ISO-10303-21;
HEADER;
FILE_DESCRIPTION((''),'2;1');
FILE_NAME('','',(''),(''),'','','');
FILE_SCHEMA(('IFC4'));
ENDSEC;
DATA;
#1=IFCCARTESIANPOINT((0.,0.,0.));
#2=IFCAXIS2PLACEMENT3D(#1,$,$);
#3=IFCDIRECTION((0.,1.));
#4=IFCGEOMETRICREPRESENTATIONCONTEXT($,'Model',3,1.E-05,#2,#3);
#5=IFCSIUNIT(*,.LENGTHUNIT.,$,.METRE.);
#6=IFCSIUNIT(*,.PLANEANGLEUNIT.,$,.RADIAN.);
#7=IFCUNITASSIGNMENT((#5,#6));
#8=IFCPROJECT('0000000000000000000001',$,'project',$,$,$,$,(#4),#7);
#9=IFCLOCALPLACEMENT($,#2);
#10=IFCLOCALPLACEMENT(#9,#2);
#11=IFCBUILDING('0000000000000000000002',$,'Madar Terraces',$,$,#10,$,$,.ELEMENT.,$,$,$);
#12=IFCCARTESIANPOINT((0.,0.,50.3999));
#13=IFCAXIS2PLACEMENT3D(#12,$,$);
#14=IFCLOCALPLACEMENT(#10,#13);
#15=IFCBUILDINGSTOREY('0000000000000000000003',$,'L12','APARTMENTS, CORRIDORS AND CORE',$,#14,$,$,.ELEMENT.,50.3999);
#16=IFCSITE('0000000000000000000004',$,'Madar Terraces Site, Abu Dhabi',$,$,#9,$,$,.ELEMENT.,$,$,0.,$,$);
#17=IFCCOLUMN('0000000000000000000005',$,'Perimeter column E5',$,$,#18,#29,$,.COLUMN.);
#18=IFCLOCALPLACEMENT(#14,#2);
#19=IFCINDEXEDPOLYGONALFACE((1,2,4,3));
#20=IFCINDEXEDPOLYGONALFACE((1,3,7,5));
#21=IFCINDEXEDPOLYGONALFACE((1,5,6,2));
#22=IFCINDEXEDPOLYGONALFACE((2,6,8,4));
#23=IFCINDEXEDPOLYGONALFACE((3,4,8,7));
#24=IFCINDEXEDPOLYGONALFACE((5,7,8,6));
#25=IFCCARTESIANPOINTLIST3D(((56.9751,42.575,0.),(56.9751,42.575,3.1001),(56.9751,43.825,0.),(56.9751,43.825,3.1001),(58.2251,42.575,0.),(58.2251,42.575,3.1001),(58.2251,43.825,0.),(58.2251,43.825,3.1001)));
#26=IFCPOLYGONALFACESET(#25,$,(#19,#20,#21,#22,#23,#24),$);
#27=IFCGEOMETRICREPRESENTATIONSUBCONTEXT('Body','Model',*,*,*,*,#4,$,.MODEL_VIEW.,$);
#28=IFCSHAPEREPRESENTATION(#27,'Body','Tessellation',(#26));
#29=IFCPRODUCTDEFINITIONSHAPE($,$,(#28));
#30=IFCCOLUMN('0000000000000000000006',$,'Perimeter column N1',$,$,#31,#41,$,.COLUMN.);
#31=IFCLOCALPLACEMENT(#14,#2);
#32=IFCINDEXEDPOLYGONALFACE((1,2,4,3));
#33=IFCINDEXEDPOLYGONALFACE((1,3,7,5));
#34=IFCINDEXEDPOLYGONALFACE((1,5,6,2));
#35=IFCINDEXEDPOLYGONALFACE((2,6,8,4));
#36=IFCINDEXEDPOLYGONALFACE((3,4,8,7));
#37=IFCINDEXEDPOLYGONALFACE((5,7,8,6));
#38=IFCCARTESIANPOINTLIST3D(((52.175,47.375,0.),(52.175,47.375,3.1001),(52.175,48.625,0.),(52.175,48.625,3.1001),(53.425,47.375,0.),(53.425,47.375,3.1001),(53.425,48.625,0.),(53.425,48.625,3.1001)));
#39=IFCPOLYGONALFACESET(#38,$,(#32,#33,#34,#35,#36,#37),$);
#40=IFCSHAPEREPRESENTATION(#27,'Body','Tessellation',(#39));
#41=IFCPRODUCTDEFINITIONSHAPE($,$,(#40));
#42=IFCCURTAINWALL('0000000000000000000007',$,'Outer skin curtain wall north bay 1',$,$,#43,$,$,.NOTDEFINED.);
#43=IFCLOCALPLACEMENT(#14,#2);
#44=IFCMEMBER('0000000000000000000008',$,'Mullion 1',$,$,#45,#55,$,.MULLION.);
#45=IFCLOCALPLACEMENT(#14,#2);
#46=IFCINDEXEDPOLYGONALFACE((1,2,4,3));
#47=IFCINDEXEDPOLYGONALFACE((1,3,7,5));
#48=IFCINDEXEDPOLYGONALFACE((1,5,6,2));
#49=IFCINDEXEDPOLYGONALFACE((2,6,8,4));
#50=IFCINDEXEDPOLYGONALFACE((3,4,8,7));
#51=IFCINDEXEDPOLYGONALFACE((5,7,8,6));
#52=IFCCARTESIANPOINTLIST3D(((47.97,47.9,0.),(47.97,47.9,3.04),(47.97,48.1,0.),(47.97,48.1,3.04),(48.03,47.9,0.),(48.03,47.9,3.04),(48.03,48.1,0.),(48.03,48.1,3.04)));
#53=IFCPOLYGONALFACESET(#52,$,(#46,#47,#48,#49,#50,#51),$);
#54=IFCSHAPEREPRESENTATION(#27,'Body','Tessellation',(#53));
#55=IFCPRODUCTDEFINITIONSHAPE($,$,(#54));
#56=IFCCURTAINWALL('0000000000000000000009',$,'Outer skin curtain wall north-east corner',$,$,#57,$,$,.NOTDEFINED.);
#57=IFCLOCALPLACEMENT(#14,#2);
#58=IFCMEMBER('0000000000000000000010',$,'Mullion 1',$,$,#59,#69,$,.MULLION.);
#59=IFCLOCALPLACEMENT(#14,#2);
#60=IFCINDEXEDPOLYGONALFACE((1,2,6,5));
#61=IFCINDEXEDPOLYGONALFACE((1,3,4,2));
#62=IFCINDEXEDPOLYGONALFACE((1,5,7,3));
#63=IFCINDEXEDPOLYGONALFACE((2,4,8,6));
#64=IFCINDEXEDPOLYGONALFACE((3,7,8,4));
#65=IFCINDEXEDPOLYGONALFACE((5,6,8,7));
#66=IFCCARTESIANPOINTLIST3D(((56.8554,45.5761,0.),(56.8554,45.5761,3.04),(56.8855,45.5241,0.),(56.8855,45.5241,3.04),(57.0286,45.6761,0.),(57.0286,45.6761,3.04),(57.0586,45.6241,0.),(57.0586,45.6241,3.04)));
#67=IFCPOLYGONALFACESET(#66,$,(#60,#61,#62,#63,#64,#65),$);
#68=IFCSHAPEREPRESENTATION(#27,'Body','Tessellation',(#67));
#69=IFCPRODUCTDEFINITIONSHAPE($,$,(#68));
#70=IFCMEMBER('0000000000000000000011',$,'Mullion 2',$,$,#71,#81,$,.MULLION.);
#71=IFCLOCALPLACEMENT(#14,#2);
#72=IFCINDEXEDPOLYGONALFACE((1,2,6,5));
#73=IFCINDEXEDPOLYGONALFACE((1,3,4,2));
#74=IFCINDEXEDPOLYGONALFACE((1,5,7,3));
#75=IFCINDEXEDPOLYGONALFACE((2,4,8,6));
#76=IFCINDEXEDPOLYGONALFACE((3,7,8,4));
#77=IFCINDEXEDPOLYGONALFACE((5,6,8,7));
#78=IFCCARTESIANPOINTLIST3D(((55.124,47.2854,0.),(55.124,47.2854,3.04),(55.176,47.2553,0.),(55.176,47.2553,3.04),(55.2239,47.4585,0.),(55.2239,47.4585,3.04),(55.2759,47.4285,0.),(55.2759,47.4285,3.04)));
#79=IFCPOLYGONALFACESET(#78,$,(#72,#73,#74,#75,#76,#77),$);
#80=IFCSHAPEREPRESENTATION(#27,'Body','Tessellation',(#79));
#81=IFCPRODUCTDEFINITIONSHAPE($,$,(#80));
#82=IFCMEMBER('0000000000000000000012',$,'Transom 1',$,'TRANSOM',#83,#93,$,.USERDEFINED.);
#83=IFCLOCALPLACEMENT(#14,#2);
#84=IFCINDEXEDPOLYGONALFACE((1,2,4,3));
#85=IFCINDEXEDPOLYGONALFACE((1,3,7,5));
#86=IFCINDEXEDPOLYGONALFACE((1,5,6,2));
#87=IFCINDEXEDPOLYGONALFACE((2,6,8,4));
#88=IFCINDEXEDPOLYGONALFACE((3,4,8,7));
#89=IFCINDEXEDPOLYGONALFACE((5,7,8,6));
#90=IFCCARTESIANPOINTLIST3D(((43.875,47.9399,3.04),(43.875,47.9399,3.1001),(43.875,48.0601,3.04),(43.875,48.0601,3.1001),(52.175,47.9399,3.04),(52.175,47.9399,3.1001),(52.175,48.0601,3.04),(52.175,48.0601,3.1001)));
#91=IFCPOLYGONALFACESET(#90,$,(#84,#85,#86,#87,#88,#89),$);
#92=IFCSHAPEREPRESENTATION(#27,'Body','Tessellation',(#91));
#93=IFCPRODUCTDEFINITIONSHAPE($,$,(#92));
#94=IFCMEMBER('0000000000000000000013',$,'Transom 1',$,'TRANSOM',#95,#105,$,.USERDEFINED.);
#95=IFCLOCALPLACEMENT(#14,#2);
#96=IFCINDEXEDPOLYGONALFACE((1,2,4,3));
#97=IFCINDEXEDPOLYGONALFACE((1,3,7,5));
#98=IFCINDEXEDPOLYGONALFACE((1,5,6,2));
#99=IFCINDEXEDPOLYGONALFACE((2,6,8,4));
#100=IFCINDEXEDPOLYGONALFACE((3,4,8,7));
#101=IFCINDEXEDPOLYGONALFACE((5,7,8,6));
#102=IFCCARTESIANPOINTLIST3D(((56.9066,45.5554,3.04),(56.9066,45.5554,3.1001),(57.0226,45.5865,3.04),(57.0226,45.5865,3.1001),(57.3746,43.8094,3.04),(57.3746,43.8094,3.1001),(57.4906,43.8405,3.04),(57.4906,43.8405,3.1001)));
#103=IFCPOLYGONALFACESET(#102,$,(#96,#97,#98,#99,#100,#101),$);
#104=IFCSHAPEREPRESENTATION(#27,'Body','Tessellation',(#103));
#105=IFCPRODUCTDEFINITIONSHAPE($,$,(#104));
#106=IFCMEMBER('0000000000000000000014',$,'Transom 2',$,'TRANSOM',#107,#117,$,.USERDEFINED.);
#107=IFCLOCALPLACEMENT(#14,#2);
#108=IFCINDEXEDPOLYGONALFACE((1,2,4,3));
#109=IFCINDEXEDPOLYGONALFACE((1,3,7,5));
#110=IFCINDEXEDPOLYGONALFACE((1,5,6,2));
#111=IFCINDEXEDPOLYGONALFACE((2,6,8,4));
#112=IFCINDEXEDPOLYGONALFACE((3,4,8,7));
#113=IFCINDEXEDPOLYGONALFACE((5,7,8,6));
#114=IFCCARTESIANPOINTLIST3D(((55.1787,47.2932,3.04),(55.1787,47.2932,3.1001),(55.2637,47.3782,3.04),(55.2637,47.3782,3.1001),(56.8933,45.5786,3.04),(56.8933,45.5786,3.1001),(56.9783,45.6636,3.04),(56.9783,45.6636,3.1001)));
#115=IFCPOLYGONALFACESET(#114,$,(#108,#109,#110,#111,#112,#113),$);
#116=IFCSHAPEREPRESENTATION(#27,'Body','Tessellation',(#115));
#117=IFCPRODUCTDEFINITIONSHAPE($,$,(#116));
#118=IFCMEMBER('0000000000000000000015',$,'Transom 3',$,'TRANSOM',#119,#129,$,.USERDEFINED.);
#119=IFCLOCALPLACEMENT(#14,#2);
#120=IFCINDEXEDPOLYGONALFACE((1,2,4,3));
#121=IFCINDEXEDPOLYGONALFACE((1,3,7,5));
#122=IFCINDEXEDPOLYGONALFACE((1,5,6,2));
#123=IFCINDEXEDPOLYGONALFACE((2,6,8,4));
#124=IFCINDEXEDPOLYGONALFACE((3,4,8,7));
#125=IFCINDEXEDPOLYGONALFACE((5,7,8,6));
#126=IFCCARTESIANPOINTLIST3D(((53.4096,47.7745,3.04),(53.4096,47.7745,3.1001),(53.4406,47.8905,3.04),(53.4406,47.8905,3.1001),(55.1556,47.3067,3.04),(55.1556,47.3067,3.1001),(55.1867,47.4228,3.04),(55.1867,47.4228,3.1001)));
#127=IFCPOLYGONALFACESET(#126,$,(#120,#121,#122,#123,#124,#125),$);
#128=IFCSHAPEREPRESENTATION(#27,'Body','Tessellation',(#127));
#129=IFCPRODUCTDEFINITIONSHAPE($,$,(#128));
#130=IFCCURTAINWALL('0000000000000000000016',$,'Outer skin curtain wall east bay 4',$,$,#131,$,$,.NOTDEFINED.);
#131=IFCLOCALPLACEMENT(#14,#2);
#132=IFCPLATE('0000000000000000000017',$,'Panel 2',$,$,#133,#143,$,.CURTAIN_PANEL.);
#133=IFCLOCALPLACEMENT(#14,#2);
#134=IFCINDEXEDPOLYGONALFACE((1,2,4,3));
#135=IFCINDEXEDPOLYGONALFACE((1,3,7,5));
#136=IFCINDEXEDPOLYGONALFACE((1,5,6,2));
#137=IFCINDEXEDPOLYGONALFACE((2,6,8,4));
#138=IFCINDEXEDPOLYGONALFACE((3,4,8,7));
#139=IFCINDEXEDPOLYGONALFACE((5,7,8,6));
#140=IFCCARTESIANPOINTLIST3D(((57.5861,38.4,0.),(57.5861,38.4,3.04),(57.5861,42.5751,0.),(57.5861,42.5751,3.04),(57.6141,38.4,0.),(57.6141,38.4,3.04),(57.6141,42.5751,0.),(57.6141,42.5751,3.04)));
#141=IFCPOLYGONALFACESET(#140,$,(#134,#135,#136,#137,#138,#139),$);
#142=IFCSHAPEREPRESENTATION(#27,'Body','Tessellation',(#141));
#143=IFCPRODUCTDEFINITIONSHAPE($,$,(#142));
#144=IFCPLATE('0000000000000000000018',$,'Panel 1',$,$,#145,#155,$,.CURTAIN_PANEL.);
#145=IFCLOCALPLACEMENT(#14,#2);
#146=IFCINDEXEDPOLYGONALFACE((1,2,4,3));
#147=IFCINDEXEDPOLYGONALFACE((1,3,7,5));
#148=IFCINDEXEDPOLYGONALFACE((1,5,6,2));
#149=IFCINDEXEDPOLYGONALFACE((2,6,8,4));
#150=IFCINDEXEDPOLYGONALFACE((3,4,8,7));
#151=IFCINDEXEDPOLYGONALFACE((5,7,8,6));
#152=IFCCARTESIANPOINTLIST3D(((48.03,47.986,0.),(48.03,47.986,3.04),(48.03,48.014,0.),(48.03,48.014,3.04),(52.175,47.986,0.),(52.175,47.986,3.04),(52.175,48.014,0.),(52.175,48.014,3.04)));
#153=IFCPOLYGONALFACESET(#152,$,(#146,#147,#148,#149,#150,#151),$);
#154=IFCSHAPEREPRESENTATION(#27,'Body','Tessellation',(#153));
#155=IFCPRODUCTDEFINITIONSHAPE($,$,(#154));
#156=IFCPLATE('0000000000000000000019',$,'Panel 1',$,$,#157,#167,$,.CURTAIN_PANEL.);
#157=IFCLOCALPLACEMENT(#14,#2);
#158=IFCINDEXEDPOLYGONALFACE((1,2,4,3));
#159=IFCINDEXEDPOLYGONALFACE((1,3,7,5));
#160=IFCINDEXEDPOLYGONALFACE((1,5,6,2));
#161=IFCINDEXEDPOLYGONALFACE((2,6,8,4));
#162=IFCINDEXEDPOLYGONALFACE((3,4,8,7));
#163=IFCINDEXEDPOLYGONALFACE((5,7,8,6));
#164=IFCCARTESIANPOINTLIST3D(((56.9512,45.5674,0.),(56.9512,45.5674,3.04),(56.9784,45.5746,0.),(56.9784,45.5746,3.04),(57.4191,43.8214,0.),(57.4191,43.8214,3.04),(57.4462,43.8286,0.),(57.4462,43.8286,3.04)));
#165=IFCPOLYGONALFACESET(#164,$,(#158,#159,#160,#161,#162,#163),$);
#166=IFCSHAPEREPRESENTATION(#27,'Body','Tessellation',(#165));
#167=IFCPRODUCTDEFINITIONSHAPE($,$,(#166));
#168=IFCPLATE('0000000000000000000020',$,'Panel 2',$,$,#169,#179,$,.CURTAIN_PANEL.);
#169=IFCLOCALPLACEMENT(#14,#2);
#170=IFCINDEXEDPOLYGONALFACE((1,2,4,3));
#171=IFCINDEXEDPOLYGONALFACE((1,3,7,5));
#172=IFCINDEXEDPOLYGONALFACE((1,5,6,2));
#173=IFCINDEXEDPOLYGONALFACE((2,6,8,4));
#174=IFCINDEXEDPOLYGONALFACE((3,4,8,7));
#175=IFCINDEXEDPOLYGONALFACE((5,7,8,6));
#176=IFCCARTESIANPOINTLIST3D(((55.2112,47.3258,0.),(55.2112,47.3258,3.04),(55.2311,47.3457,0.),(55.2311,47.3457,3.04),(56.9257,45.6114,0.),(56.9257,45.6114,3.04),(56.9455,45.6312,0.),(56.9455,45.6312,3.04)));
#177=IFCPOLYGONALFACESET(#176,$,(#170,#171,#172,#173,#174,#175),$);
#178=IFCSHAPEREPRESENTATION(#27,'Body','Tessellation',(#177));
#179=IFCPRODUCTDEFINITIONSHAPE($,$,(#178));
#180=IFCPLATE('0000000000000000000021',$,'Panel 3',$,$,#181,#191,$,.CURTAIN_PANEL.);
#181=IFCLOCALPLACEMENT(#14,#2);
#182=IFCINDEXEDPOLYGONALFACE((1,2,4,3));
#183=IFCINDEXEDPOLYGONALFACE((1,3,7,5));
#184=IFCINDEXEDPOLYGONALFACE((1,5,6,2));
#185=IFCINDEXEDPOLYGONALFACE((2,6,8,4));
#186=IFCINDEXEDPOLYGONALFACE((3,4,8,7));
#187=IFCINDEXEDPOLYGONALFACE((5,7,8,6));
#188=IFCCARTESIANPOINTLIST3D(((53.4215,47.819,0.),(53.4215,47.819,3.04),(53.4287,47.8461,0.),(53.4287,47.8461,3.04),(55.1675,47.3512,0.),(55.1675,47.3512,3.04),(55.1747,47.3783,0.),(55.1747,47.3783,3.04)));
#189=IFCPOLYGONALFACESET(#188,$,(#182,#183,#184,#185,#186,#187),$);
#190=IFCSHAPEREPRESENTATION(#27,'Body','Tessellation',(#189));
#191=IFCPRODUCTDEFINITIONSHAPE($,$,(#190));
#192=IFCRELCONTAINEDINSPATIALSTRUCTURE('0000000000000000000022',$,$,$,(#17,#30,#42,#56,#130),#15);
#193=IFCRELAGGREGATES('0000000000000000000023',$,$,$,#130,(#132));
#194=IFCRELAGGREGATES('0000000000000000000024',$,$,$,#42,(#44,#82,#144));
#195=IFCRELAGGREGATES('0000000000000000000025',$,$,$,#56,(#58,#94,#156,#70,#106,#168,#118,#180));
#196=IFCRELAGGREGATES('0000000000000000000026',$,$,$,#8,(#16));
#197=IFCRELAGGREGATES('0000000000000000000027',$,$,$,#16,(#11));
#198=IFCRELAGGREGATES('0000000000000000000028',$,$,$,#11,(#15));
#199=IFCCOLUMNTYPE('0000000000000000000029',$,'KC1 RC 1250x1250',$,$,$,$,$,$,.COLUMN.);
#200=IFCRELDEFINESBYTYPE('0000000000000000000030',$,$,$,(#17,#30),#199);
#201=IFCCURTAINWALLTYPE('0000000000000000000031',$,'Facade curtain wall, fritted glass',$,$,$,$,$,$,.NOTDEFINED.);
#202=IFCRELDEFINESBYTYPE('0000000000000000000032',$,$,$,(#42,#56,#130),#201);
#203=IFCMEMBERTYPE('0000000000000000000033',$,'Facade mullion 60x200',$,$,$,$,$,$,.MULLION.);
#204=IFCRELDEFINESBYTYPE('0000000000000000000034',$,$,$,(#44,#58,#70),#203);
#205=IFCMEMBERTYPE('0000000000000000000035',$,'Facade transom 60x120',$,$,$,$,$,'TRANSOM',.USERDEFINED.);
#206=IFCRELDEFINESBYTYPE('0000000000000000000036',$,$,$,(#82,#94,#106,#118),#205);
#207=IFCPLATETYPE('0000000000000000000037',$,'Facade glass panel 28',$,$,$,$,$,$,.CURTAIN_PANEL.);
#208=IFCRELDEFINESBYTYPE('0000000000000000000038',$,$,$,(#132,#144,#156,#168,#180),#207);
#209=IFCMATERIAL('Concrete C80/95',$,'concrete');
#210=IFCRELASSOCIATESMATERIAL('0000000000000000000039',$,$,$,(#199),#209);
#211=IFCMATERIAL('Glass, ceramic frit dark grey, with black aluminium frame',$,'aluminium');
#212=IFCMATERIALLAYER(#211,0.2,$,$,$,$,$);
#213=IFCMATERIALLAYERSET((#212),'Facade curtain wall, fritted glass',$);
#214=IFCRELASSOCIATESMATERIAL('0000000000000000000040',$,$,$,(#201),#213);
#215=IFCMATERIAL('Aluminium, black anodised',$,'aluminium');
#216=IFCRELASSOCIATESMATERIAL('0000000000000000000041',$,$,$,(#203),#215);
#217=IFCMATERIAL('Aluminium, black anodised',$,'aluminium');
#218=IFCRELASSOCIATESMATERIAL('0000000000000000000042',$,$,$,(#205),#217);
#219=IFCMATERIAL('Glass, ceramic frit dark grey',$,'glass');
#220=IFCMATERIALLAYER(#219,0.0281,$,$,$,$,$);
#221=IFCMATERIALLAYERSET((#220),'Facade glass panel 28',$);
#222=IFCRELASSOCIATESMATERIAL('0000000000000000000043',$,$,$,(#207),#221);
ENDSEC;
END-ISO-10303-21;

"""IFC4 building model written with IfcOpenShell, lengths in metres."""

from ifc_helpers import new_model, si_unit, direction, frame, origin, origin_2d, place, context, subcontext, project, spatial, rectangle, extrude, material, layer, layer_set, material_profile, profile_set, type_object, element, aggregate, save


model = new_model("IFC4")

# Units and contexts
model_context = context("Model", 3, precision=1e-05, world=origin(), true_north=direction((0.0, 1.0)))
body_context = subcontext(model_context, "Body", "Model", "MODEL_VIEW")
ifc_project = project(units=[si_unit("LENGTHUNIT", "METRE"), si_unit("PLANEANGLEUNIT", "RADIAN")], contexts=[model_context])

# Site, building, storey
site_placement = place(None, origin())
site = spatial("IfcSite", under=ifc_project, at=site_placement, Name="Madar Terraces Site, Abu Dhabi", CompositionType="ELEMENT", RefElevation=0.0)
building_placement = place(site_placement, origin())
building = spatial("IfcBuilding", under=site, at=building_placement, Name="Madar Terraces", CompositionType="ELEMENT")
storey_placement = place(building_placement, frame((0.0, 0.0, 50.3999)))
storey = spatial("IfcBuildingStorey", under=building, at=storey_placement, Name="L12", Description="APARTMENTS, CORRIDORS AND CORE", CompositionType="ELEMENT", Elevation=50.3999)

# Columns
ifc_material_1 = material(Name="Concrete C80/95", Category="concrete")
ifc_material_profile_1 = material_profile(ifc_material_1, rectangle(XDim=1.25, YDim=1.25, at=origin_2d()), Name="KC1 RC 1250x1250")
ifc_profile_set_1 = profile_set([ifc_material_profile_1], Name="Concrete C80/95")
column_type = type_object("IfcColumnType", Name="KC1 RC 1250x1250", PredefinedType="COLUMN", material=ifc_profile_set_1)
for number, where, z_axis, x_axis, name in (
    (1, (57.6001, 43.2, 0.0), (0.0, 0.0, 1.0), (1.0, 0.0, 0.0), "Perimeter column E5"),
    (2, (52.8, 48.0, 0.0), (0.0, 0.0, 1.0), (1.0, 0.0, 0.0), "Perimeter column N1"),
):
    element("IfcColumn", number, at=place(storey_placement, frame(where, z_axis=z_axis, x_axis=x_axis)), inside=storey, type_object=column_type, Name=name, PredefinedType="COLUMN", context=body_context, shape_type="SweptSolid", body=[
        extrude(rectangle(XDim=1.25, YDim=1.25, at=origin_2d()), origin(), (0.0, 0.0, 1.0), 3.1001),
    ])

# Curtain wall, member
ifc_material_2 = material(Name="Glass, ceramic frit dark grey, with black aluminium frame", Category="aluminium")
ifc_layer_1 = layer(ifc_material_2, 0.2)
ifc_layer_set_1 = layer_set([ifc_layer_1], Name="Facade curtain wall, fritted glass")
curtain_wall_type = type_object("IfcCurtainWallType", Name="Facade curtain wall, fritted glass", PredefinedType="NOTDEFINED", material=ifc_layer_set_1)
curtain_wall_1_placement = place(storey_placement, origin())
curtain_wall_1 = element("IfcCurtainWall", 3, at=curtain_wall_1_placement, inside=storey, type_object=curtain_wall_type, Name="Outer skin curtain wall north bay 1", PredefinedType="NOTDEFINED")
ifc_material_3 = material(Name="Aluminium, black anodised", Category="aluminium")
ifc_material_profile_2 = material_profile(ifc_material_3, rectangle(XDim=0.2, YDim=0.0601, at=origin_2d()), Name="Facade mullion 60x200")
ifc_profile_set_2 = profile_set([ifc_material_profile_2], Name="Aluminium, black anodised")
member_type_1 = type_object("IfcMemberType", Name="Facade mullion 60x200", PredefinedType="MULLION", material=ifc_profile_set_2)
member_1_placement = place(storey_placement, frame((48.0, 48.0, 0.0), z_axis=(0.0, 0.0, 1.0), x_axis=(0.0, -1.0, 0.0)))
member_1 = element("IfcMember", 4, at=member_1_placement, type_object=member_type_1, Name="Mullion 1", PredefinedType="MULLION", context=body_context, shape_type="SweptSolid", body=[
    extrude(rectangle(XDim=0.2, YDim=0.0601, at=origin_2d()), origin(), (0.0, 0.0, 1.0), 3.04),
])

# Curtain wall, members
curtain_wall_2_placement = place(storey_placement, origin())
curtain_wall_2 = element("IfcCurtainWall", 5, at=curtain_wall_2_placement, inside=storey, type_object=curtain_wall_type, Name="Outer skin curtain wall north-east corner", PredefinedType="NOTDEFINED")
member_2_placement = place(storey_placement, frame((56.957, 45.6001, 0.0), z_axis=(0.0, 0.0, 1.0), x_axis=(-0.866025, -0.5, 0.0)))
member_2 = element("IfcMember", 6, at=member_2_placement, type_object=member_type_1, Name="Mullion 1", PredefinedType="MULLION", context=body_context, shape_type="SweptSolid", body=[
    extrude(rectangle(XDim=0.2, YDim=0.0601, at=origin_2d()), origin(), (0.0, 0.0, 1.0), 3.04),
])
member_3_placement = place(storey_placement, frame((55.2, 47.3569, 0.0), z_axis=(0.0, 0.0, 1.0), x_axis=(-0.5, -0.866025, 0.0)))
member_3 = element("IfcMember", 7, at=member_3_placement, type_object=member_type_1, Name="Mullion 2", PredefinedType="MULLION", context=body_context, shape_type="SweptSolid", body=[
    extrude(rectangle(XDim=0.2, YDim=0.0601, at=origin_2d()), origin(), (0.0, 0.0, 1.0), 3.04),
])

# Members
ifc_material_4 = material(Name="Aluminium, black anodised", Category="aluminium")
ifc_material_profile_3 = material_profile(ifc_material_4, rectangle(XDim=0.1201, YDim=0.0601, at=origin_2d()), Name="Facade transom 60x120")
ifc_profile_set_3 = profile_set([ifc_material_profile_3], Name="Aluminium, black anodised")
member_type_2 = type_object("IfcMemberType", Name="Facade transom 60x120", ElementType="TRANSOM", PredefinedType="USERDEFINED", material=ifc_profile_set_3)
member_4_placement = place(storey_placement, frame((52.175, 48.0, 3.0701), z_axis=(-1.0, 0.0, 0.0), x_axis=(0.0, -1.0, 0.0)))
member_4 = element("IfcMember", 8, at=member_4_placement, type_object=member_type_2, Name="Transom 1", ObjectType="TRANSOM", PredefinedType="USERDEFINED", context=body_context, shape_type="SweptSolid", body=[
    extrude(rectangle(XDim=0.1201, YDim=0.0601, at=origin_2d()), origin(), (0.0, 0.0, 1.0), 8.3),
])
member_5_placement = place(storey_placement, frame((57.4326, 43.825, 3.0701), z_axis=(-0.258898, 0.965905, 0.0), x_axis=(-0.965905, -0.258898, 0.0)))
member_5 = element("IfcMember", 9, at=member_5_placement, type_object=member_type_2, Name="Transom 1", ObjectType="TRANSOM", PredefinedType="USERDEFINED", context=body_context, shape_type="SweptSolid", body=[
    extrude(rectangle(XDim=0.1201, YDim=0.0601, at=origin_2d()), origin(), (0.0, 0.0, 1.0), 1.8076),
])
member_6_placement = place(storey_placement, frame((56.9358, 45.6211, 3.0701), z_axis=(-0.707107, 0.707107, 0.0), x_axis=(-0.707107, -0.707107, 0.0)))
member_6 = element("IfcMember", 10, at=member_6_placement, type_object=member_type_2, Name="Transom 2", ObjectType="TRANSOM", PredefinedType="USERDEFINED", context=body_context, shape_type="SweptSolid", body=[
    extrude(rectangle(XDim=0.1201, YDim=0.0601, at=origin_2d()), origin(), (0.0, 0.0, 1.0), 2.4248),
])
member_7_placement = place(storey_placement, frame((55.1711, 47.3647, 3.0701), z_axis=(-0.965938, 0.258772, 0.0), x_axis=(-0.258772, -0.965938, 0.0)))
member_7 = element("IfcMember", 11, at=member_7_placement, type_object=member_type_2, Name="Transom 3", ObjectType="TRANSOM", PredefinedType="USERDEFINED", context=body_context, shape_type="SweptSolid", body=[
    extrude(rectangle(XDim=0.1201, YDim=0.0601, at=origin_2d()), origin(), (0.0, 0.0, 1.0), 1.8076),
])

# Curtain wall, plate
curtain_wall_3_placement = place(storey_placement, origin())
curtain_wall_3 = element("IfcCurtainWall", 12, at=curtain_wall_3_placement, inside=storey, type_object=curtain_wall_type, Name="Outer skin curtain wall east bay 4", PredefinedType="NOTDEFINED")
ifc_material_5 = material(Name="Glass, ceramic frit dark grey", Category="glass")
ifc_layer_2 = layer(ifc_material_5, 0.0281)
ifc_layer_set_2 = layer_set([ifc_layer_2], Name="Facade glass panel 28")
plate_type = type_object("IfcPlateType", Name="Facade glass panel 28", PredefinedType="CURTAIN_PANEL", material=ifc_layer_set_2)
plate_1_placement = place(storey_placement, frame((57.6001, 40.4875, 0.0), z_axis=(0.0, 0.0, 1.0), x_axis=(0.0, 1.0, 0.0)))
plate_1 = element("IfcPlate", 13, at=plate_1_placement, type_object=plate_type, Name="Panel 2", PredefinedType="CURTAIN_PANEL", context=body_context, shape_type="SweptSolid", body=[
    extrude(rectangle(XDim=4.175, YDim=0.0281, at=origin_2d()), origin(), (0.0, 0.0, 1.0), 3.04),
])
aggregate(curtain_wall_3, [plate_1])

# Plates
plate_2_placement = place(storey_placement, frame((50.1025, 48.0, 0.0), z_axis=(0.0, 0.0, 1.0), x_axis=(-1.0, 0.0, 0.0)))
plate_2 = element("IfcPlate", 14, at=plate_2_placement, type_object=plate_type, Name="Panel 1", PredefinedType="CURTAIN_PANEL", context=body_context, shape_type="SweptSolid", body=[
    extrude(rectangle(XDim=4.145, YDim=0.0281, at=origin_2d()), origin(), (0.0, 0.0, 1.0), 3.04),
])
aggregate(curtain_wall_1, [member_1, member_4, plate_2])
plate_3_placement = place(storey_placement, frame((57.1987, 44.698, 0.0), z_axis=(0.0, 0.0, 1.0), x_axis=(-0.258819, 0.965926, 0.0)))
plate_3 = element("IfcPlate", 15, at=plate_3_placement, type_object=plate_type, Name="Panel 1", PredefinedType="CURTAIN_PANEL", context=body_context, shape_type="SweptSolid", body=[
    extrude(rectangle(XDim=1.8076, YDim=0.0281, at=origin_2d()), origin(), (0.0, 0.0, 1.0), 3.04),
])
plate_4_placement = place(storey_placement, frame((56.0784, 46.4785, 0.0), z_axis=(0.0, 0.0, 1.0), x_axis=(-0.707107, 0.707107, 0.0)))
plate_4 = element("IfcPlate", 16, at=plate_4_placement, type_object=plate_type, Name="Panel 2", PredefinedType="CURTAIN_PANEL", context=body_context, shape_type="SweptSolid", body=[
    extrude(rectangle(XDim=2.4246, YDim=0.0281, at=origin_2d()), origin(), (0.0, 0.0, 1.0), 3.04),
])
plate_5_placement = place(storey_placement, frame((54.2981, 47.5986, 0.0), z_axis=(0.0, 0.0, 1.0), x_axis=(-0.965926, 0.258819, 0.0)))
plate_5 = element("IfcPlate", 17, at=plate_5_placement, type_object=plate_type, Name="Panel 3", PredefinedType="CURTAIN_PANEL", context=body_context, shape_type="SweptSolid", body=[
    extrude(rectangle(XDim=1.8076, YDim=0.0281, at=origin_2d()), origin(), (0.0, 0.0, 1.0), 3.04),
])
aggregate(curtain_wall_2, [member_2, member_5, plate_3, member_3, member_6, plate_4, member_7, plate_5])

save(model, "model.ifc")
